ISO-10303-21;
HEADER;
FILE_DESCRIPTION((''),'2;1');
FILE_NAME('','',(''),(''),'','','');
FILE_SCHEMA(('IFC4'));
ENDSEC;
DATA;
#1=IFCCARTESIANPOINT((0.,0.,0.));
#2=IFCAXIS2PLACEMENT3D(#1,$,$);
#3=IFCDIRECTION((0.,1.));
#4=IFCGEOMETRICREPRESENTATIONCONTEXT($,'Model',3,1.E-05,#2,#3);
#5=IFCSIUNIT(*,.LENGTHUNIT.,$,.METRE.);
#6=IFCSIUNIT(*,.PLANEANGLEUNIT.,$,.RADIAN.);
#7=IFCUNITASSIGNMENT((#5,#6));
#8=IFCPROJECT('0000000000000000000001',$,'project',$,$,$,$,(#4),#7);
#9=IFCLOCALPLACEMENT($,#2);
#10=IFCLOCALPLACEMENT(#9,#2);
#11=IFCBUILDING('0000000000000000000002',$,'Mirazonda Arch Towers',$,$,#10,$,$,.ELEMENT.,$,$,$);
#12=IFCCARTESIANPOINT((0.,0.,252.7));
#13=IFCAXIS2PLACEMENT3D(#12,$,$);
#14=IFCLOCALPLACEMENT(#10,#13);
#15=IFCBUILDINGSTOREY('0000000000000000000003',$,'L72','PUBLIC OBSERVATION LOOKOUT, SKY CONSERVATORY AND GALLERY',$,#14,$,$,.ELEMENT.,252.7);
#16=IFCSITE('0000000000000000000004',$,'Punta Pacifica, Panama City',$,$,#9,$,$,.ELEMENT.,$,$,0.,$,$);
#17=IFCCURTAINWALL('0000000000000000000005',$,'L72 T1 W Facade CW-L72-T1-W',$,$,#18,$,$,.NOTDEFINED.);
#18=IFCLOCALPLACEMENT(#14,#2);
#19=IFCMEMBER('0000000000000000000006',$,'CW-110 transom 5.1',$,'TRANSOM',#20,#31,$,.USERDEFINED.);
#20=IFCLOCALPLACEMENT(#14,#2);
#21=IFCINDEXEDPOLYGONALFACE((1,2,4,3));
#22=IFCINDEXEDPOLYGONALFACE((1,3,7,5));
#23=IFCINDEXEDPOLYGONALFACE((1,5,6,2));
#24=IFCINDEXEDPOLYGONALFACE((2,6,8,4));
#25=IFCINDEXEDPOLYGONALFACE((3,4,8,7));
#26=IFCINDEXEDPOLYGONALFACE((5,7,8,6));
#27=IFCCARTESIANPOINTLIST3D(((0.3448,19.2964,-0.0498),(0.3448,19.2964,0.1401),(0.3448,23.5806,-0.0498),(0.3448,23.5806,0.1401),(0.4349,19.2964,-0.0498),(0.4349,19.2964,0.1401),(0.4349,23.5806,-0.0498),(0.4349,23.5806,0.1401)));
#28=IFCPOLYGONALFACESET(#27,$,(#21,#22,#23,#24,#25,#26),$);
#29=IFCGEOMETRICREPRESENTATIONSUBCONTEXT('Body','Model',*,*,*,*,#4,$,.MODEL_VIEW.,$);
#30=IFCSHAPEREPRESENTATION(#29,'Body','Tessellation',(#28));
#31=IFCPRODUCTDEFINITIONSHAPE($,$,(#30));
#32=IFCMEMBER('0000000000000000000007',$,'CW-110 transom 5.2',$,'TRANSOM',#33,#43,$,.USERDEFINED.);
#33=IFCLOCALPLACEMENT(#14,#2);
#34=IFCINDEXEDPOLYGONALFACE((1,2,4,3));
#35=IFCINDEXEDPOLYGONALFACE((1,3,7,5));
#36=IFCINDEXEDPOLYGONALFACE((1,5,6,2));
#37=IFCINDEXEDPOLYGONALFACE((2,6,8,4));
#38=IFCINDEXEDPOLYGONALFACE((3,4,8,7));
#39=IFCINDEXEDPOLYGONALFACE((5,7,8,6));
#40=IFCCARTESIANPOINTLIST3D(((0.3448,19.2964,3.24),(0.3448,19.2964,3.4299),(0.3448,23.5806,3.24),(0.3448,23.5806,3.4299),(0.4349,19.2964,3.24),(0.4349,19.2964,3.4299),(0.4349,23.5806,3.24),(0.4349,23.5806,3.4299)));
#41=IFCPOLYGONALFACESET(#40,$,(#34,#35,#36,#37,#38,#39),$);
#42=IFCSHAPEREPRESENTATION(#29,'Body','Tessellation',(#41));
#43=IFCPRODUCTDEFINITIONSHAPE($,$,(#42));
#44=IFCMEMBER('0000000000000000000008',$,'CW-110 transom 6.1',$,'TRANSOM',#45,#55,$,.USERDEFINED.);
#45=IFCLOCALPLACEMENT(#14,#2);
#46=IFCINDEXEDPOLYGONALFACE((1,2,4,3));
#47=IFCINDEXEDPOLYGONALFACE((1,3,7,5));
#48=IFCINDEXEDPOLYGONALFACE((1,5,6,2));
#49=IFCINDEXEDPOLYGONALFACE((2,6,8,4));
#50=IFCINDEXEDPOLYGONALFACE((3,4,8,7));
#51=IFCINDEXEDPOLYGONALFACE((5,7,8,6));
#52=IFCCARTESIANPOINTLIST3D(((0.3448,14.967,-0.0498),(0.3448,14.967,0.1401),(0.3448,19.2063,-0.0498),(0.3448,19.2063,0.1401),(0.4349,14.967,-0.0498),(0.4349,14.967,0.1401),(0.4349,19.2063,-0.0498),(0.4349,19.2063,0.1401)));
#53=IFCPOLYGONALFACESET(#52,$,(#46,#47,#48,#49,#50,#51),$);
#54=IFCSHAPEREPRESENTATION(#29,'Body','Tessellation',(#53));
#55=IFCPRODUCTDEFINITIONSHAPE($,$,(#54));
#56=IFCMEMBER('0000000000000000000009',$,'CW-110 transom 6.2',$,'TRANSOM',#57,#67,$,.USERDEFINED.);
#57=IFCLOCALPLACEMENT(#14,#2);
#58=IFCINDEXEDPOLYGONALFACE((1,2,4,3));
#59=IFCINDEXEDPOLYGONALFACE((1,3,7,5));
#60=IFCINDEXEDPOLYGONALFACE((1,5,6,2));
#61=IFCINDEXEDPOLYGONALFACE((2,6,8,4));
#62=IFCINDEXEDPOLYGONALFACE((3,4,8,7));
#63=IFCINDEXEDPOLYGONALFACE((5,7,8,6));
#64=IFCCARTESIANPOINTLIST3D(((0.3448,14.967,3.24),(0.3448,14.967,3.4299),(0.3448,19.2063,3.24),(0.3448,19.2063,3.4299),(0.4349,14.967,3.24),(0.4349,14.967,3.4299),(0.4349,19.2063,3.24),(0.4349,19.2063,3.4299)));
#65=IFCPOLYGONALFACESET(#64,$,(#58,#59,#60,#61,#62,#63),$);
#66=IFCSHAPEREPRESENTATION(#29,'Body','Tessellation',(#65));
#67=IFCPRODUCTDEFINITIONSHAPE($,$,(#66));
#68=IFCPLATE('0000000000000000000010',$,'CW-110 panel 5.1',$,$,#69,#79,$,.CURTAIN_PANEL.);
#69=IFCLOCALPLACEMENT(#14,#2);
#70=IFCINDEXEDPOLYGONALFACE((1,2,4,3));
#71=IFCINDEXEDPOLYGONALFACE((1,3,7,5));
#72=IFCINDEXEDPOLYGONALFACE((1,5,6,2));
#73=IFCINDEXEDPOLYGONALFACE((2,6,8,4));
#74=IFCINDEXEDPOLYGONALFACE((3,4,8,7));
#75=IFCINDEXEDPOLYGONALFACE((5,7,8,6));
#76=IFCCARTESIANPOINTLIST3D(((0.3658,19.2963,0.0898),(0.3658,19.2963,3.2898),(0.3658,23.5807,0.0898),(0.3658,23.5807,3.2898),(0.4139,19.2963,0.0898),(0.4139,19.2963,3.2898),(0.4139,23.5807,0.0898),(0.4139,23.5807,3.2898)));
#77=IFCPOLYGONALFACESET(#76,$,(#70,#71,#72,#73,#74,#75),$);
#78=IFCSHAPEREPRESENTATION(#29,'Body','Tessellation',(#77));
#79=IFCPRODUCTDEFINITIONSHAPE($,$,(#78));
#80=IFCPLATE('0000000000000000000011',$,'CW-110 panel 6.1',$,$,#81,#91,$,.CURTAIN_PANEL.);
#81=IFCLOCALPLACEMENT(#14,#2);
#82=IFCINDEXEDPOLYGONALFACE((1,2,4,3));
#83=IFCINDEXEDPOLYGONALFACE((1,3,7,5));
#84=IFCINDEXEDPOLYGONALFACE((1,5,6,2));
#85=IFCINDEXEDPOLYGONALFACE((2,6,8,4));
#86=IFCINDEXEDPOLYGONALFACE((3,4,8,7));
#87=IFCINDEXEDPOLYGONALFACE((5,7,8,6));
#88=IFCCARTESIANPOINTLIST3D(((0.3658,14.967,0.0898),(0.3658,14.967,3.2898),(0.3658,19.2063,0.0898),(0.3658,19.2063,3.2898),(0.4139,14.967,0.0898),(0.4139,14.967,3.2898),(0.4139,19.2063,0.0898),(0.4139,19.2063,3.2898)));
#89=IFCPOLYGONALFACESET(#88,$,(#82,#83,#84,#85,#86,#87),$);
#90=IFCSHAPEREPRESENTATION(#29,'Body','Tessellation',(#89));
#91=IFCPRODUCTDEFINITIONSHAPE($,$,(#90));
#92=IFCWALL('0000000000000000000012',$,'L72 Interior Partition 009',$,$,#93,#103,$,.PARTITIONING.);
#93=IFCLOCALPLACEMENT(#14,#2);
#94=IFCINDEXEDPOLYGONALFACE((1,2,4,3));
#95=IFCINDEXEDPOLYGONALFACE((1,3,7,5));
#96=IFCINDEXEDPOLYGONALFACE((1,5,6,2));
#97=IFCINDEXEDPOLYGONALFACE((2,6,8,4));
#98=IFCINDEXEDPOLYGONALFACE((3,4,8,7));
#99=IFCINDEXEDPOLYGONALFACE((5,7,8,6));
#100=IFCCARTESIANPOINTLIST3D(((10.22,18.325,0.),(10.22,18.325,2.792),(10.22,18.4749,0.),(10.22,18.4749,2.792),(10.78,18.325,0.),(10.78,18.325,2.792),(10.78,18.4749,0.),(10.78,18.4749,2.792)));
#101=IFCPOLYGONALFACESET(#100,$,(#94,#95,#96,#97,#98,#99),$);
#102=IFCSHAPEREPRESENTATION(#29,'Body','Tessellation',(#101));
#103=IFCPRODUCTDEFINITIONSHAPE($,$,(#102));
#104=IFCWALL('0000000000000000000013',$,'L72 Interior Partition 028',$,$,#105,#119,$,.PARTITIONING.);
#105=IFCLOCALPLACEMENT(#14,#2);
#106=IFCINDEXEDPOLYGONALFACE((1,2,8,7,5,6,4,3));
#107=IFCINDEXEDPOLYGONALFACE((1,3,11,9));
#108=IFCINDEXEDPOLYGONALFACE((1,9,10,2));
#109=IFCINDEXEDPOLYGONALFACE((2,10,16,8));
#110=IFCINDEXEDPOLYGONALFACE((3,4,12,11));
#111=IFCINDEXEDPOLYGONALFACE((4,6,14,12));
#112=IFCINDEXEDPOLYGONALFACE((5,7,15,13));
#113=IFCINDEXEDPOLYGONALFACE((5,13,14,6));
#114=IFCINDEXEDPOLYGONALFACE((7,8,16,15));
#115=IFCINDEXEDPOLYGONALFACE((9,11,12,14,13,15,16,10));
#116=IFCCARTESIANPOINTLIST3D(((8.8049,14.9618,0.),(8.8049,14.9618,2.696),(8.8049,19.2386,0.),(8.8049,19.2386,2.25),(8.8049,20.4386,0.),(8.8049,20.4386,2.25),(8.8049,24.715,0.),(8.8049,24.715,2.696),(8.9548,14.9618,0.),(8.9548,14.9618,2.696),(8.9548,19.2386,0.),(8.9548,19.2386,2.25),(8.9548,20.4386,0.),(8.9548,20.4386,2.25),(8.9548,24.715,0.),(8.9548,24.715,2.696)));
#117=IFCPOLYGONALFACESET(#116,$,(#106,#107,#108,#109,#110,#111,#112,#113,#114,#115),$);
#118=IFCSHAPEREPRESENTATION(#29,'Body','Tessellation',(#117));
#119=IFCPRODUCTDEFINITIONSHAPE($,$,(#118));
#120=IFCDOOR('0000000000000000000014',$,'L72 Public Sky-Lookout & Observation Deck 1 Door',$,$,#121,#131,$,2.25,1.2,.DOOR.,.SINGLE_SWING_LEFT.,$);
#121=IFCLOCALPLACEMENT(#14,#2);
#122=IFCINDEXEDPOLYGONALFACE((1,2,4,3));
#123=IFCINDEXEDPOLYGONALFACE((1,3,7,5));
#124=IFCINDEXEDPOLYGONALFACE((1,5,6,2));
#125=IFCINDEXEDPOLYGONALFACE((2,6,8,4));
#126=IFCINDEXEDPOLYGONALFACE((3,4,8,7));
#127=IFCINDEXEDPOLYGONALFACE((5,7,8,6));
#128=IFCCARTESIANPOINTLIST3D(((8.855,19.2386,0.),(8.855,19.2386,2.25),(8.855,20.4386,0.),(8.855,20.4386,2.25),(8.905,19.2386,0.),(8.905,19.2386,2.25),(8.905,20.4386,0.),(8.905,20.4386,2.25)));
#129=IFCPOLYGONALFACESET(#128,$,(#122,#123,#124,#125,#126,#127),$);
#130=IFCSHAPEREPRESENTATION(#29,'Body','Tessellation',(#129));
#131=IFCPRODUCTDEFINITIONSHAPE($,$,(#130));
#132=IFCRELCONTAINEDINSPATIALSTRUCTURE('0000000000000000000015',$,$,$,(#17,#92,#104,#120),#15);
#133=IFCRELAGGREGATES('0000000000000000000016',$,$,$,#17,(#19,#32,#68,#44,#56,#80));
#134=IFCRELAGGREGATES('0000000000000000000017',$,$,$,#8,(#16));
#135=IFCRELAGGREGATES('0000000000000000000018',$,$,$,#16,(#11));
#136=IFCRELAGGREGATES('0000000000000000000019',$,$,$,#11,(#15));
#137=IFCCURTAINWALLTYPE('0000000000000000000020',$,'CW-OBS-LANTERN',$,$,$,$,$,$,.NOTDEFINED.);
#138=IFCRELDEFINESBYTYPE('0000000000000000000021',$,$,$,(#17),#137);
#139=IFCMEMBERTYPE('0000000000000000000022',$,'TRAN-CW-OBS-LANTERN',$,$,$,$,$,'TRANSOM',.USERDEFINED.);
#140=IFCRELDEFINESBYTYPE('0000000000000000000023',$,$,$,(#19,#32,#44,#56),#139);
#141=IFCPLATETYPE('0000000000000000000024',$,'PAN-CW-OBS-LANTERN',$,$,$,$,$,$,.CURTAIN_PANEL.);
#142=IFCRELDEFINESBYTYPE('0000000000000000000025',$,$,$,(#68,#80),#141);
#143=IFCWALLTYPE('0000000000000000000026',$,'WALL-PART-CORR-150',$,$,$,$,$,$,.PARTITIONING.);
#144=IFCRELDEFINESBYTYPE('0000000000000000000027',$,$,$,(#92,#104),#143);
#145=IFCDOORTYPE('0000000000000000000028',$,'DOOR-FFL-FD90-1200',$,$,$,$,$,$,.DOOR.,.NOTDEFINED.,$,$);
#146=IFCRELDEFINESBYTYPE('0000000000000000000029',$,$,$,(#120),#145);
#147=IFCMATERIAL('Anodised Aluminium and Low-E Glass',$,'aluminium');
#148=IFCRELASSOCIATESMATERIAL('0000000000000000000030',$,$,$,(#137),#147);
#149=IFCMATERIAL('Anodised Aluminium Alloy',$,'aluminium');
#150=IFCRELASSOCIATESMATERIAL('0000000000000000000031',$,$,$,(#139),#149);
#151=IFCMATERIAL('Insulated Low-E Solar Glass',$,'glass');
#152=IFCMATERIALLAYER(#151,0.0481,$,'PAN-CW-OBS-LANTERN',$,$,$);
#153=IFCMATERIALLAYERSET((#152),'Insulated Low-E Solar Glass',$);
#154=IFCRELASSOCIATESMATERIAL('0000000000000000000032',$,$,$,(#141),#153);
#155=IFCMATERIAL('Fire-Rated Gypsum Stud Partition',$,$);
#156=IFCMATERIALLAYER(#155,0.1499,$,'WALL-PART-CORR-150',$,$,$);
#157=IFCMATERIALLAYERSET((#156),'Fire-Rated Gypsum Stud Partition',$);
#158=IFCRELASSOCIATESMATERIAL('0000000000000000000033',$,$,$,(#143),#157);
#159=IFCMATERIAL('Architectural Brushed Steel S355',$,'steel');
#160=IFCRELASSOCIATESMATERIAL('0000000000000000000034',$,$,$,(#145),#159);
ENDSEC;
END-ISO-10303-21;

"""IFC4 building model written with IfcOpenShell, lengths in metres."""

from ifc_helpers import new_model, si_unit, direction, frame, frame_2d, origin, origin_2d, place, context, subcontext, project, spatial, rectangle, extrude, material, layer, layer_set, material_profile, profile_set, type_object, element, fill, aggregate, save


model = new_model("IFC4")

# Units and contexts
model_context = context("Model", 3, precision=1e-05, world=origin(), true_north=direction((0.0, 1.0)))
body_context = subcontext(model_context, "Body", "Model", "MODEL_VIEW")
ifc_project = project(units=[si_unit("LENGTHUNIT", "METRE"), si_unit("PLANEANGLEUNIT", "RADIAN")], contexts=[model_context])

# Site, building, storey
site_placement = place(None, origin())
site = spatial("IfcSite", under=ifc_project, at=site_placement, Name="Punta Pacifica, Panama City", CompositionType="ELEMENT", RefElevation=0.0)
building_placement = place(site_placement, origin())
building = spatial("IfcBuilding", under=site, at=building_placement, Name="Mirazonda Arch Towers", CompositionType="ELEMENT")
storey_placement = place(building_placement, frame((0.0, 0.0, 252.7)))
storey = spatial("IfcBuildingStorey", under=building, at=storey_placement, Name="L72", Description="PUBLIC OBSERVATION LOOKOUT, SKY CONSERVATORY AND GALLERY", CompositionType="ELEMENT", Elevation=252.7)

# Curtain wall, members, plates
ifc_material_1 = material(Name="Anodised Aluminium and Low-E Glass", Category="aluminium")
curtain_wall_type = type_object("IfcCurtainWallType", Name="CW-OBS-LANTERN", PredefinedType="NOTDEFINED", material=ifc_material_1)
curtain_wall_placement = place(storey_placement, origin())
curtain_wall = element("IfcCurtainWall", 1, at=curtain_wall_placement, inside=storey, type_object=curtain_wall_type, Name="L72 T1 W Facade CW-L72-T1-W", PredefinedType="NOTDEFINED")
ifc_material_2 = material(Name="Anodised Aluminium Alloy", Category="aluminium")
ifc_material_profile_1 = material_profile(ifc_material_2, rectangle(XDim=0.0901, YDim=0.1899, at=origin_2d()), Name="ALU-TRAN-90x190")
ifc_profile_set_1 = profile_set([ifc_material_profile_1], Name="Anodised Aluminium Alloy")
member_type_1 = type_object("IfcMemberType", Name="TRAN-CW-OBS-LANTERN", ElementType="TRANSOM", PredefinedType="USERDEFINED", material=ifc_profile_set_1)
member_1_placement = place(storey_placement, frame((0.3899, 23.5806, 0.0452), z_axis=(0.0, -1.0, 0.0), x_axis=(1.0, 0.0, 0.0)))
member_1 = element("IfcMember", 2, at=member_1_placement, type_object=member_type_1, Name="CW-110 transom 5.1", ObjectType="TRANSOM", PredefinedType="USERDEFINED", context=body_context, shape_type="SweptSolid", body=[
    extrude(rectangle(XDim=0.0901, YDim=0.1899, at=origin_2d()), origin(), (0.0, 0.0, 1.0), 4.2842),
])
member_2_placement = place(storey_placement, frame((0.3899, 23.5806, 3.335), z_axis=(0.0, -1.0, 0.0), x_axis=(1.0, 0.0, 0.0)))
member_2 = element("IfcMember", 3, at=member_2_placement, type_object=member_type_1, Name="CW-110 transom 5.2", ObjectType="TRANSOM", PredefinedType="USERDEFINED", context=body_context, shape_type="SweptSolid", body=[
    extrude(rectangle(XDim=0.0901, YDim=0.1899, at=origin_2d()), origin(), (0.0, 0.0, 1.0), 4.2842),
])
member_3_placement = place(storey_placement, frame((0.3899, 19.2063, 0.0452), z_axis=(0.0, -1.0, 0.0), x_axis=(1.0, 0.0, 0.0)))
member_3 = element("IfcMember", 4, at=member_3_placement, type_object=member_type_1, Name="CW-110 transom 6.1", ObjectType="TRANSOM", PredefinedType="USERDEFINED", context=body_context, shape_type="SweptSolid", body=[
    extrude(rectangle(XDim=0.0901, YDim=0.1899, at=origin_2d()), origin(), (0.0, 0.0, 1.0), 4.2393),
])
member_4_placement = place(storey_placement, frame((0.3899, 19.2063, 3.335), z_axis=(0.0, -1.0, 0.0), x_axis=(1.0, 0.0, 0.0)))
member_4 = element("IfcMember", 5, at=member_4_placement, type_object=member_type_1, Name="CW-110 transom 6.2", ObjectType="TRANSOM", PredefinedType="USERDEFINED", context=body_context, shape_type="SweptSolid", body=[
    extrude(rectangle(XDim=0.0901, YDim=0.1899, at=origin_2d()), origin(), (0.0, 0.0, 1.0), 4.2393),
])
ifc_material_3 = material(Name="Insulated Low-E Solar Glass", Category="glass")
ifc_layer_1 = layer(ifc_material_3, 0.0481, Name="PAN-CW-OBS-LANTERN")
ifc_layer_set_1 = layer_set([ifc_layer_1], Name="Insulated Low-E Solar Glass")
plate_type = type_object("IfcPlateType", Name="PAN-CW-OBS-LANTERN", PredefinedType="CURTAIN_PANEL", material=ifc_layer_set_1)
plate_1_placement = place(storey_placement, frame((0.3899, 21.4385, 0.0898), z_axis=(0.0, 0.0, 1.0), x_axis=(0.0, -1.0, 0.0)))
plate_1 = element("IfcPlate", 6, at=plate_1_placement, type_object=plate_type, Name="CW-110 panel 5.1", PredefinedType="CURTAIN_PANEL", context=body_context, shape_type="SweptSolid", body=[
    extrude(rectangle(XDim=4.2844, YDim=0.0481, at=origin_2d()), origin(), (0.0, 0.0, 1.0), 3.2),
])
plate_2_placement = place(storey_placement, frame((0.3899, 17.0867, 0.0898), z_axis=(0.0, 0.0, 1.0), x_axis=(0.0, -1.0, 0.0)))
plate_2 = element("IfcPlate", 7, at=plate_2_placement, type_object=plate_type, Name="CW-110 panel 6.1", PredefinedType="CURTAIN_PANEL", context=body_context, shape_type="SweptSolid", body=[
    extrude(rectangle(XDim=4.2393, YDim=0.0481, at=origin_2d()), origin(), (0.0, 0.0, 1.0), 3.2),
])
aggregate(curtain_wall, [member_1, member_2, plate_1, member_3, member_4, plate_2])

# Wall
ifc_material_4 = material(Name="Fire-Rated Gypsum Stud Partition")
ifc_layer_2 = layer(ifc_material_4, 0.1499, Name="WALL-PART-CORR-150")
ifc_layer_set_2 = layer_set([ifc_layer_2], Name="Fire-Rated Gypsum Stud Partition")
wall_type = type_object("IfcWallType", Name="WALL-PART-CORR-150", PredefinedType="PARTITIONING", material=ifc_layer_set_2)
wall_1_placement = place(storey_placement, frame((10.22, 18.3999, 0.0), z_axis=(0.0, 0.0, 1.0), x_axis=(1.0, 0.0, 0.0)))
element("IfcWall", 8, at=wall_1_placement, inside=storey, type_object=wall_type, Name="L72 Interior Partition 009", PredefinedType="PARTITIONING", context=body_context, shape_type="SweptSolid", body=[
    extrude(rectangle(XDim=0.5601, YDim=0.1499, at=frame_2d((0.28, 0.0))), origin(), (0.0, 0.0, 1.0), 2.792),
])

# Wall, opening, door
wall_2_placement = place(storey_placement, frame((8.8799, 14.9619, 0.0), z_axis=(0.0, 0.0, 1.0), x_axis=(0.0, 1.0, 0.0)))
wall_2 = element("IfcWall", 9, at=wall_2_placement, inside=storey, type_object=wall_type, Name="L72 Interior Partition 028", PredefinedType="PARTITIONING", context=body_context, shape_type="SweptSolid", body=[
    extrude(rectangle(XDim=9.7532, YDim=0.1499, at=frame_2d((4.8765, 0.0))), origin(), (0.0, 0.0, 1.0), 2.696),
])
opening_placement = place(wall_2_placement, frame((4.2766, 0.0, 0.0)))
opening = element("IfcOpeningElement", 10, at=opening_placement, cuts=wall_2, PredefinedType="OPENING", context=body_context, shape_type="SweptSolid", body=[
    extrude(rectangle(XDim=1.2, YDim=2.25, at=frame_2d((0.6001, 1.125))), frame((0.0, 0.085, 0.0), z_axis=(0.0, -1.0, 0.0), x_axis=(1.0, 0.0, 0.0)), (0.0, 0.0, 1.0), 0.1699),
])
ifc_material_5 = material(Name="Architectural Brushed Steel S355", Category="steel")
door_type = type_object("IfcDoorType", Name="DOOR-FFL-FD90-1200", OperationType="NOTDEFINED", PredefinedType="DOOR", material=ifc_material_5)
door_placement = place(opening_placement, origin())
door = element("IfcDoor", 11, at=door_placement, inside=storey, type_object=door_type, Name="L72 Public Sky-Lookout & Observation Deck 1 Door", OperationType="SINGLE_SWING_LEFT", OverallHeight=2.25, OverallWidth=1.2, PredefinedType="DOOR", context=body_context, shape_type="SweptSolid", body=[
    extrude(rectangle(XDim=1.2, YDim=2.25, at=frame_2d((0.6001, 1.125))), frame((0.0, 0.0249, 0.0), z_axis=(0.0, -1.0, 0.0), x_axis=(1.0, 0.0, 0.0)), (0.0, 0.0, 1.0), 0.05),
])
fill(opening, door)

save(model, "model.ifc")
